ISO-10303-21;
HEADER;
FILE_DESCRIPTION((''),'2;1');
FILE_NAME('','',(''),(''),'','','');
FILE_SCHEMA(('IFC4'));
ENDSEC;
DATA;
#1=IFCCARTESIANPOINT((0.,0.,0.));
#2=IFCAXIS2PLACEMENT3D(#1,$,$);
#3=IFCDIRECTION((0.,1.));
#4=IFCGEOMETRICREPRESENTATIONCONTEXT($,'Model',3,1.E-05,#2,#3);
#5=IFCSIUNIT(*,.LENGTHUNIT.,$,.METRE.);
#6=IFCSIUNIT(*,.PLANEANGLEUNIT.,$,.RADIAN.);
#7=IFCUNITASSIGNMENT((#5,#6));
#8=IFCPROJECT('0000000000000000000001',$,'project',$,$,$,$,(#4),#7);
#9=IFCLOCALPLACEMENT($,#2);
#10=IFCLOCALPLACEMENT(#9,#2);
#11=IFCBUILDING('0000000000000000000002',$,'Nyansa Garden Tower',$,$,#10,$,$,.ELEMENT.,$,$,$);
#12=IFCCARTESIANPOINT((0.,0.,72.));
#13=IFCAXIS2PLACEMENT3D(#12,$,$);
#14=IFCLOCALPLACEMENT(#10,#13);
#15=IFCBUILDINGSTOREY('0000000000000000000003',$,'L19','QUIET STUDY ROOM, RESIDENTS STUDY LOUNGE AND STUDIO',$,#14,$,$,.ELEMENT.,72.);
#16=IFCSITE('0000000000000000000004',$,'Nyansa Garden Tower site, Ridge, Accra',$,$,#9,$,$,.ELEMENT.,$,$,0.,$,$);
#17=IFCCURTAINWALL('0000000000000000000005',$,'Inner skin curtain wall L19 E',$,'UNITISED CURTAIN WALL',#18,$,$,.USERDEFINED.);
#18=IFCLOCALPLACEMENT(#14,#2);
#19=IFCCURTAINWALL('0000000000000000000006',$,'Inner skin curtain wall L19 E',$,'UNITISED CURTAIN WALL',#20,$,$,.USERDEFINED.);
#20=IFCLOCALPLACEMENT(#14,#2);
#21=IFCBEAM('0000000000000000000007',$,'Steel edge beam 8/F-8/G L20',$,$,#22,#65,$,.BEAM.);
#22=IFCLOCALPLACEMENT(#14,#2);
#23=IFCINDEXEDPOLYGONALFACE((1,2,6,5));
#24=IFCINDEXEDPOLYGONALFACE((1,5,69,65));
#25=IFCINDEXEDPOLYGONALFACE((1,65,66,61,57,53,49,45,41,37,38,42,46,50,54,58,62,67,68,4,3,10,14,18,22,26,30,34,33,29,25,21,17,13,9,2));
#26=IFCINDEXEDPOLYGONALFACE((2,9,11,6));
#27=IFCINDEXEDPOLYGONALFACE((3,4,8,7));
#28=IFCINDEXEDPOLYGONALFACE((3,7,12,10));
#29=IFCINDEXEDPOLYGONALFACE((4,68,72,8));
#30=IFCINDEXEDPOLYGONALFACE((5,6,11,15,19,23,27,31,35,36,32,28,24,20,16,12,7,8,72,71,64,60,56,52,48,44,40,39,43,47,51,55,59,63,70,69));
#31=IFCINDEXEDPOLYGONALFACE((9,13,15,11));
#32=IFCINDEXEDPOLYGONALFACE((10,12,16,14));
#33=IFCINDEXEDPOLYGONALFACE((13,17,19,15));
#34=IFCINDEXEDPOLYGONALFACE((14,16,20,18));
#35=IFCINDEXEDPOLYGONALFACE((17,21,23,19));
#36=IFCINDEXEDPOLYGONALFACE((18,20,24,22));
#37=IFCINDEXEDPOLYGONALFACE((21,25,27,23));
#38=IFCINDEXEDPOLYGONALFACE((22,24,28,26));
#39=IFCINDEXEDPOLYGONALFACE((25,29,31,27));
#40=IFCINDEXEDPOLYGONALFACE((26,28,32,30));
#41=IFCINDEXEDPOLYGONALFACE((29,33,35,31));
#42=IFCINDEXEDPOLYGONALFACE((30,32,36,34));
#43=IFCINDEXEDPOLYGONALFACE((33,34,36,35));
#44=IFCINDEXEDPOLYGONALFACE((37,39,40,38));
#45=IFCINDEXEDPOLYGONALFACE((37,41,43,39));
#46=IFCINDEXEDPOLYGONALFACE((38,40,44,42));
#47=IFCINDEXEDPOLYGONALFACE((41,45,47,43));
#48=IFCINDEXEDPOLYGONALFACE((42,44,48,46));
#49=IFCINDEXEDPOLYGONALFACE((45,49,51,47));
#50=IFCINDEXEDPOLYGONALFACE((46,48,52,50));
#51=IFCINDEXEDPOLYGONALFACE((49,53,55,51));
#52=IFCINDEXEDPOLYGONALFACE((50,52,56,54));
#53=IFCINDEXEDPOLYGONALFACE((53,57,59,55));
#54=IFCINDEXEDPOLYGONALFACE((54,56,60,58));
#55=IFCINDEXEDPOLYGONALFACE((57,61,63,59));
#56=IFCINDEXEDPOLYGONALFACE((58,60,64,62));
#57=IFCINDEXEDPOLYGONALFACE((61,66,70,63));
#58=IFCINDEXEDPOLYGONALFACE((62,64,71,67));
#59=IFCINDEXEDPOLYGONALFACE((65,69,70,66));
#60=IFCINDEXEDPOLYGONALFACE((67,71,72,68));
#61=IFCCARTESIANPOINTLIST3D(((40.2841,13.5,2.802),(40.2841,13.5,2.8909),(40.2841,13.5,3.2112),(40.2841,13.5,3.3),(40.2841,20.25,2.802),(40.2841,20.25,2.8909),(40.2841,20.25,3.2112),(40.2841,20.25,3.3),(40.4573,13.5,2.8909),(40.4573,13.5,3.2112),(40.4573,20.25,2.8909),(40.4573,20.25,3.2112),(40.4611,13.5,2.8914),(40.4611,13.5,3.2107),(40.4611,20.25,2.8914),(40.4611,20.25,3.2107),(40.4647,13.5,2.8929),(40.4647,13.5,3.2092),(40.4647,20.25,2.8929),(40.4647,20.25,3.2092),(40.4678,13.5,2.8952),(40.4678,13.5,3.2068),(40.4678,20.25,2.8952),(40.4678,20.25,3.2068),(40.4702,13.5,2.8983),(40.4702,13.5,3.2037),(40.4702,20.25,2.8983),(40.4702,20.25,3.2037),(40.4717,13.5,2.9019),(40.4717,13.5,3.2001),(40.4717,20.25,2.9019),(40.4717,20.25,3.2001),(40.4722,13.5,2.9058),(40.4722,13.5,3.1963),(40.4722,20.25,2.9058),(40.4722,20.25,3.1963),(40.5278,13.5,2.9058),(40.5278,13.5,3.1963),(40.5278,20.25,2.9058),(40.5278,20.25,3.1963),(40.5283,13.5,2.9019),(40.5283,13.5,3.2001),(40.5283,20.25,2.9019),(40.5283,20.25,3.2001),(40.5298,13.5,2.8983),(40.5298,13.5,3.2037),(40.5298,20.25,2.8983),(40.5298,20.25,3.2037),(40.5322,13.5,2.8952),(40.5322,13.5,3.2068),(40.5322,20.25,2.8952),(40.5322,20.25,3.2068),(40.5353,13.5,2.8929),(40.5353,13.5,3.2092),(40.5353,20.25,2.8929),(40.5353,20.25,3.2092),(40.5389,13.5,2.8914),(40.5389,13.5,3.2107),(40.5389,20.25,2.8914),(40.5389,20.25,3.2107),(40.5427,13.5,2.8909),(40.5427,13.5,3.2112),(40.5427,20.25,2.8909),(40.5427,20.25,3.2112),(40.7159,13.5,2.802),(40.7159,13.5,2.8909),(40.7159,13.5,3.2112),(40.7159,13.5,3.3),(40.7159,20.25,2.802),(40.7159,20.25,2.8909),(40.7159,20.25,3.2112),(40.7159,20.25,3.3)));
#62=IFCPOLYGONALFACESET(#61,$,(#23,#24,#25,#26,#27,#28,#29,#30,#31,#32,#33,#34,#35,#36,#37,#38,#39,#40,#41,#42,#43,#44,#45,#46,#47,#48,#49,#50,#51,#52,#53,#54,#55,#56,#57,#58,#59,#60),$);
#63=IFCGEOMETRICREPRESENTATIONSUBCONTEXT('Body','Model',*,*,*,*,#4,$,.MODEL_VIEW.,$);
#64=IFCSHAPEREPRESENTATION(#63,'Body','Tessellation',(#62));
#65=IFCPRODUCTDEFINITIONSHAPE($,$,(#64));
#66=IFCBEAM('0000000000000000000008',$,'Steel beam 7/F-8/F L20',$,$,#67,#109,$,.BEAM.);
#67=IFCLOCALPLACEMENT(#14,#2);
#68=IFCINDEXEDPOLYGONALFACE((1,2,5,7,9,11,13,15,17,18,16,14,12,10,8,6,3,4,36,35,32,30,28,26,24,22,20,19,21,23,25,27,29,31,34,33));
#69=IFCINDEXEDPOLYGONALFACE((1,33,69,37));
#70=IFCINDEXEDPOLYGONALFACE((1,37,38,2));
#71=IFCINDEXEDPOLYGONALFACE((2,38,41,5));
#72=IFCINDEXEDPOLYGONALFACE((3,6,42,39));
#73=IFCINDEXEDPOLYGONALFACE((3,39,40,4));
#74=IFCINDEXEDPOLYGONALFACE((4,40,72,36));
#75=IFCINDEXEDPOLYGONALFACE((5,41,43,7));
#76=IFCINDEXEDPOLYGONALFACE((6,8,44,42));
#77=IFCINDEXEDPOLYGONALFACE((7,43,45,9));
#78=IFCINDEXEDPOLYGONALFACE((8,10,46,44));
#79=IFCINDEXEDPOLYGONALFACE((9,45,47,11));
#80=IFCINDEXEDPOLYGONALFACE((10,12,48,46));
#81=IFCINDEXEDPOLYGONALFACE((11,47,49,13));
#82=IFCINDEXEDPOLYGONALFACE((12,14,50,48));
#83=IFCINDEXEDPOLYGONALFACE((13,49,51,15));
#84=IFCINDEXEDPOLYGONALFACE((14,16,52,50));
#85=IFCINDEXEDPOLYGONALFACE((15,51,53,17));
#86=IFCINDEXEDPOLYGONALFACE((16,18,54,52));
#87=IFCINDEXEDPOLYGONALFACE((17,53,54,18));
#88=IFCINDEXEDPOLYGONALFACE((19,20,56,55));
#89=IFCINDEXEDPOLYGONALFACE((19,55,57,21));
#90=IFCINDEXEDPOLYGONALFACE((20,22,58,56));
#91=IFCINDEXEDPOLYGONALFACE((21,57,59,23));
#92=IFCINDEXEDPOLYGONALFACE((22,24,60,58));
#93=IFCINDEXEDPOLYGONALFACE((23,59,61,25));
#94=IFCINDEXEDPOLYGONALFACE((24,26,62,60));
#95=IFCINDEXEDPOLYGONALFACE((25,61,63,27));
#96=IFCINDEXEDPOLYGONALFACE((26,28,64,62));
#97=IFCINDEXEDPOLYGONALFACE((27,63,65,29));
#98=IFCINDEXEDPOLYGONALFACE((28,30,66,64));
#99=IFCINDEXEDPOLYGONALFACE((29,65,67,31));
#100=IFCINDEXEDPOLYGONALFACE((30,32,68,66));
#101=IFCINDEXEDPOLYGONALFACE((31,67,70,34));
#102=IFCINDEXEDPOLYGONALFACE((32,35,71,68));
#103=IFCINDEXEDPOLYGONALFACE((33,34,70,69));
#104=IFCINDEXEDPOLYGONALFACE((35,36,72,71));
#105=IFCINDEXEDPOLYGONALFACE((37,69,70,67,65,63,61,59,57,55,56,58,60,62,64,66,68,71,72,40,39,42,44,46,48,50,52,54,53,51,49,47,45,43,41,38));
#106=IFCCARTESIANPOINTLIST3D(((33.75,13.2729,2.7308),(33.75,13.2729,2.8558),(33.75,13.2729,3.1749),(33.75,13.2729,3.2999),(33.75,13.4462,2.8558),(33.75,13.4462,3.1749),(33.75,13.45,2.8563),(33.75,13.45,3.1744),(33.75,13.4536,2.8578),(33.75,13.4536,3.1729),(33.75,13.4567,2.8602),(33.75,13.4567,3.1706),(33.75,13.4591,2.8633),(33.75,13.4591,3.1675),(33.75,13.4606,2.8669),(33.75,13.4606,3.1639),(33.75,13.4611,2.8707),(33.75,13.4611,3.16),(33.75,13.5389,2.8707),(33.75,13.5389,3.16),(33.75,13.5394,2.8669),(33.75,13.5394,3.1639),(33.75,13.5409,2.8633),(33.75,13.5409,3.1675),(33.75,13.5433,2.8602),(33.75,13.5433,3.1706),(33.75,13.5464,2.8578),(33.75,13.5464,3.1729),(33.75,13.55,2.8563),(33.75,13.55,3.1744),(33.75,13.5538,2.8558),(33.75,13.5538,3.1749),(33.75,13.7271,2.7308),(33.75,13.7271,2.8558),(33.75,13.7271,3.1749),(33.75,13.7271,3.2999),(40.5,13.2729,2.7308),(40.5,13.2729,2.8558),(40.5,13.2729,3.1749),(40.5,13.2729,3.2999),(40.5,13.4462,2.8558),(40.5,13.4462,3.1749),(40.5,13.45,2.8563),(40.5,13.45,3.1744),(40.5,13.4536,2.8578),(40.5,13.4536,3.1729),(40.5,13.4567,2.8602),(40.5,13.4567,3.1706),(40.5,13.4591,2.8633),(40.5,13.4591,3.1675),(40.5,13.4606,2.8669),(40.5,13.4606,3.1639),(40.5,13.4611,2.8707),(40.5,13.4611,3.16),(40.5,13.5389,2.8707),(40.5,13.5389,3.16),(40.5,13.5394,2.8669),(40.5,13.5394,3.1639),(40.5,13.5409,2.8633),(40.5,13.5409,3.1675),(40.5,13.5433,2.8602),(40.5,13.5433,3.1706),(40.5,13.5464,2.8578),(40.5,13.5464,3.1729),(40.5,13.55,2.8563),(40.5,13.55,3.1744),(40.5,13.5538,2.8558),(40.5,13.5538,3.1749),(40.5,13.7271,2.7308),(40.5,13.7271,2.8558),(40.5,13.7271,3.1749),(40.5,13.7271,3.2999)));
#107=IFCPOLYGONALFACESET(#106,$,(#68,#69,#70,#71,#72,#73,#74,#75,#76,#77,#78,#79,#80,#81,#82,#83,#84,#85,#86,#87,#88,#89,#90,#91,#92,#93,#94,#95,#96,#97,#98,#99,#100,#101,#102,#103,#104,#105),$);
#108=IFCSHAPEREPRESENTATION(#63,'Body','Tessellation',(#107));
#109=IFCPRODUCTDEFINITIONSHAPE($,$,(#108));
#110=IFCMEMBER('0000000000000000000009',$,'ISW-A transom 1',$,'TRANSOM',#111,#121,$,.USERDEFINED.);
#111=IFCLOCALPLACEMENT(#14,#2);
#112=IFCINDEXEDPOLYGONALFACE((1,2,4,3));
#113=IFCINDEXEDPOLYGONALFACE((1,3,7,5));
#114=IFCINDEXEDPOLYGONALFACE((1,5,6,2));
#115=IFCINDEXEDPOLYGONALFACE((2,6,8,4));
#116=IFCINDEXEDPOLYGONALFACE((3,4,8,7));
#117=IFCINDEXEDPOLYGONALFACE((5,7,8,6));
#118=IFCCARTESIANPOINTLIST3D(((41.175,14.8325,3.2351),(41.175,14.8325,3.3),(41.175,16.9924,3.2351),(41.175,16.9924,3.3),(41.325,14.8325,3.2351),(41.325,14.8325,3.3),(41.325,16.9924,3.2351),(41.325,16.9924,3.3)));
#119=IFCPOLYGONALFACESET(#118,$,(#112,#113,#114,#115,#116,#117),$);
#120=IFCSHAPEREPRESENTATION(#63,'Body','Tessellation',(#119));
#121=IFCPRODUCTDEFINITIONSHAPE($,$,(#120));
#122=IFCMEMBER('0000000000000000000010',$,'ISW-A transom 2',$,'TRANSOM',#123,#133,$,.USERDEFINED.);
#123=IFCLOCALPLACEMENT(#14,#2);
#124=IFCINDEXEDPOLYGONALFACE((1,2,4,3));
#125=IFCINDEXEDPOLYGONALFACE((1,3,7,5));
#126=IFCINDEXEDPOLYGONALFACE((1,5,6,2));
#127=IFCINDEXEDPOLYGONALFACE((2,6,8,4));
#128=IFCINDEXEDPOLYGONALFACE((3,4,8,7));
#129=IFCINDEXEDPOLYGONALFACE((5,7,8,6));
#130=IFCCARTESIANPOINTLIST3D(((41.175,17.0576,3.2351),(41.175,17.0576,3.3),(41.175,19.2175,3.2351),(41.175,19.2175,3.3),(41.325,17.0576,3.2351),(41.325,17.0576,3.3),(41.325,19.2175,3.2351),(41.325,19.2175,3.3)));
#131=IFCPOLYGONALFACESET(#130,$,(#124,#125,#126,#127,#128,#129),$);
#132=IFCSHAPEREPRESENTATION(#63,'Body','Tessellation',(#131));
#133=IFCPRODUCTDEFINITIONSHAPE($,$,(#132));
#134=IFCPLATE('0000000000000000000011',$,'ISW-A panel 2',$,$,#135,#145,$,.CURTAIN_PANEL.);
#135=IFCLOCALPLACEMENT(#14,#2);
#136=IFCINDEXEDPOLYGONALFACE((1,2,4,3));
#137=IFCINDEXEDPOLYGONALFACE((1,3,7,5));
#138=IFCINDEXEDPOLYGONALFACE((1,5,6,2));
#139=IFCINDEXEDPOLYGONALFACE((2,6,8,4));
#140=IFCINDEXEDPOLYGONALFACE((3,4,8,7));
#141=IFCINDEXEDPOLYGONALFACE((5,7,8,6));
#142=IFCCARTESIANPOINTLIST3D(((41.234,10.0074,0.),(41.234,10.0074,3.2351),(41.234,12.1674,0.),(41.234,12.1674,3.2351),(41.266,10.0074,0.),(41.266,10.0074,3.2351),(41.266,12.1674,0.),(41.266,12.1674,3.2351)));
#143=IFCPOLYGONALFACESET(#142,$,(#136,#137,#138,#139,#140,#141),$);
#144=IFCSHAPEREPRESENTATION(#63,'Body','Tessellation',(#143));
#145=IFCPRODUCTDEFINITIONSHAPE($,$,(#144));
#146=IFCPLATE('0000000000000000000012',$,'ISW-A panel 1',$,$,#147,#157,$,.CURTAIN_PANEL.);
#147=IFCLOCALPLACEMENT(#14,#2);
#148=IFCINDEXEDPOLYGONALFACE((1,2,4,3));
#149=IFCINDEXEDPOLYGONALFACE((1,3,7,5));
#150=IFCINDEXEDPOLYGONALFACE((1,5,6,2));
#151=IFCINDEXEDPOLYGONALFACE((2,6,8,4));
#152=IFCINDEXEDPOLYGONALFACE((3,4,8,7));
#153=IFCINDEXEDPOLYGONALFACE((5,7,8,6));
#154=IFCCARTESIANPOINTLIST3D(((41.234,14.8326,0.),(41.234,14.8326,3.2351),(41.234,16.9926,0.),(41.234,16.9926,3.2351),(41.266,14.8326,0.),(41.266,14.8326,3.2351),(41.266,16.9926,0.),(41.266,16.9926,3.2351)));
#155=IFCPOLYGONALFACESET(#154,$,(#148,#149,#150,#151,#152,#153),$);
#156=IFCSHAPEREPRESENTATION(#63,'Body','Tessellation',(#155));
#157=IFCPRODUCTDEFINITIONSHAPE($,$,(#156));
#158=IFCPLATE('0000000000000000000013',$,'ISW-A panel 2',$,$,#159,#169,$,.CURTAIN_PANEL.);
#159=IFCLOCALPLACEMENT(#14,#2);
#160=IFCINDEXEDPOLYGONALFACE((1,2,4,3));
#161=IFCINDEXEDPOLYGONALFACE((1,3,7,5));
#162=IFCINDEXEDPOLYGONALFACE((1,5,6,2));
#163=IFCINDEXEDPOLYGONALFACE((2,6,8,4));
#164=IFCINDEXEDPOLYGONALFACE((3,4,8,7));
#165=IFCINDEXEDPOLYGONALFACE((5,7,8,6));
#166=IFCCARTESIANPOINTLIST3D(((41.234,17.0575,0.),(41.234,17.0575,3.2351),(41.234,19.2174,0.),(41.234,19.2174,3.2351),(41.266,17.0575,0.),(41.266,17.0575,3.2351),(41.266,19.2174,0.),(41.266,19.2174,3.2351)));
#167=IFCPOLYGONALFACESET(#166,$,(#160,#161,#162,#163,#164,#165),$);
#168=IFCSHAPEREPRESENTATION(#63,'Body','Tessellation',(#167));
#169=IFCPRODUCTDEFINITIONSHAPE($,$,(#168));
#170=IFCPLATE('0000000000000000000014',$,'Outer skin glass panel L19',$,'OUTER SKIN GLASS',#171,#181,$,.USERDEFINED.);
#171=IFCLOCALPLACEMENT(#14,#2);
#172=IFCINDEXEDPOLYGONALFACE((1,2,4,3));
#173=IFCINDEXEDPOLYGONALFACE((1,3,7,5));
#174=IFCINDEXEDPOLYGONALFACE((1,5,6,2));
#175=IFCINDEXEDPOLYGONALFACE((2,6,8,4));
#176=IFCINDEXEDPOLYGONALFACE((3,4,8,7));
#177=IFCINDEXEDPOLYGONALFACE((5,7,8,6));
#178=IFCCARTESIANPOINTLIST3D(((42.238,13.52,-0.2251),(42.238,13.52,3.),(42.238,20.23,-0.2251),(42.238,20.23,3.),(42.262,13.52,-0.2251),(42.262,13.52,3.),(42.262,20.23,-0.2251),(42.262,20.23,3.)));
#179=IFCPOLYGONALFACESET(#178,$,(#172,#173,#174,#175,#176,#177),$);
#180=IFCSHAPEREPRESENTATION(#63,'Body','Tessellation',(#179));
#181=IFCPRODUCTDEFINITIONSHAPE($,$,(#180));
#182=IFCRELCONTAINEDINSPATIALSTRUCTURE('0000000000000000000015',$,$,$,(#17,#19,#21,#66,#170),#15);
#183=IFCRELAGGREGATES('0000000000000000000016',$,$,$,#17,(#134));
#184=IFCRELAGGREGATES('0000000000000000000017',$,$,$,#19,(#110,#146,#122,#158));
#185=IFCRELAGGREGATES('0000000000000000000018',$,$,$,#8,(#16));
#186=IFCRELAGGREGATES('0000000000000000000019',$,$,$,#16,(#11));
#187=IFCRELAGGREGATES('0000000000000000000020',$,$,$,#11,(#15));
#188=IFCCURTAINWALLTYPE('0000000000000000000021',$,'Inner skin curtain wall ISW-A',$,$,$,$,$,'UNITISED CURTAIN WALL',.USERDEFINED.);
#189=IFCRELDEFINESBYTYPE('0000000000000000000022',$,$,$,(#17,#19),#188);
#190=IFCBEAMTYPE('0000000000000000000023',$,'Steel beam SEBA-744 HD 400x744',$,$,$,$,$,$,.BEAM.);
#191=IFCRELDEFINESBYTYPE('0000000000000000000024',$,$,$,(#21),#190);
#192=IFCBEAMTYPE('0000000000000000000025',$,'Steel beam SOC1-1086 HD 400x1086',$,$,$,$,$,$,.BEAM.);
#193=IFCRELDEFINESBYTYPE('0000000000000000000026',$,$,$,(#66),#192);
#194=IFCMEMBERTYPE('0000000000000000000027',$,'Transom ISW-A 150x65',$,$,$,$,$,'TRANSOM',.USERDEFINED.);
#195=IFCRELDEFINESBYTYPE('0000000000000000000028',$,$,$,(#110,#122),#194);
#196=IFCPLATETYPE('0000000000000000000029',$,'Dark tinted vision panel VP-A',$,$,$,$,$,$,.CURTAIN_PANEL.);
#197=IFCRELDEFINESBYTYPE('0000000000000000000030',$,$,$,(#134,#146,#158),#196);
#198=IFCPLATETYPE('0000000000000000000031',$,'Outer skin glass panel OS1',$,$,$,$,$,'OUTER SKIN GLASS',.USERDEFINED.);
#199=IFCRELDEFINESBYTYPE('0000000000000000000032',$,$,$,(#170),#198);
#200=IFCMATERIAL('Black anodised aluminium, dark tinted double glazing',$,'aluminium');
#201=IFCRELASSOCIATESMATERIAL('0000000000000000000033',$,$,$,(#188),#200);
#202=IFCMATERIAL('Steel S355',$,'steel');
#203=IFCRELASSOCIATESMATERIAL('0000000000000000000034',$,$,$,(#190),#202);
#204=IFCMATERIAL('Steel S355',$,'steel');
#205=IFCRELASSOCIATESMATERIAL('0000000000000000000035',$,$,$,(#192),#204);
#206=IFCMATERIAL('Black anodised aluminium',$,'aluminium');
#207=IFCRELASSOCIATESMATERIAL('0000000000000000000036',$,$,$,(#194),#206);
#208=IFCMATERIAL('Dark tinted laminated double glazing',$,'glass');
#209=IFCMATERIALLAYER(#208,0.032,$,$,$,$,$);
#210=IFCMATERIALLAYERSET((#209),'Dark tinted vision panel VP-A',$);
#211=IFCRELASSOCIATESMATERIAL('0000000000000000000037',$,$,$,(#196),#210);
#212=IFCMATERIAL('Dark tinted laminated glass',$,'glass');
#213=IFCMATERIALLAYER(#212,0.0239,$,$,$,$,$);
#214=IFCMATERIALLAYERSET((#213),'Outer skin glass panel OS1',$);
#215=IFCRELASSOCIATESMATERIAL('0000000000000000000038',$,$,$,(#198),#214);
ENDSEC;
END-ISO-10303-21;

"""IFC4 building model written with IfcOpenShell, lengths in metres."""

from ifc_helpers import new_model, si_unit, direction, frame, origin, origin_2d, place, context, subcontext, project, spatial, rectangle, i_section, extrude, material, layer, layer_set, material_profile, profile_set, type_object, element, aggregate, save


model = new_model("IFC4")

# Units and contexts
model_context = context("Model", 3, precision=1e-05, world=origin(), true_north=direction((0.0, 1.0)))
body_context = subcontext(model_context, "Body", "Model", "MODEL_VIEW")
ifc_project = project(units=[si_unit("LENGTHUNIT", "METRE"), si_unit("PLANEANGLEUNIT", "RADIAN")], contexts=[model_context])

# Site, building, storey
site_placement = place(None, origin())
site = spatial("IfcSite", under=ifc_project, at=site_placement, Name="Nyansa Garden Tower site, Ridge, Accra", CompositionType="ELEMENT", RefElevation=0.0)
building_placement = place(site_placement, origin())
building = spatial("IfcBuilding", under=site, at=building_placement, Name="Nyansa Garden Tower", CompositionType="ELEMENT")
storey_placement = place(building_placement, frame((0.0, 0.0, 72.0)))
storey = spatial("IfcBuildingStorey", under=building, at=storey_placement, Name="L19", Description="QUIET STUDY ROOM, RESIDENTS STUDY LOUNGE AND STUDIO", CompositionType="ELEMENT", Elevation=72.0)

# Curtain wall
ifc_material_1 = material(Name="Black anodised aluminium, dark tinted double glazing", Category="aluminium")
curtain_wall_type = type_object("IfcCurtainWallType", Name="Inner skin curtain wall ISW-A", ElementType="UNITISED CURTAIN WALL", PredefinedType="USERDEFINED", material=ifc_material_1)
curtain_wall_1_placement = place(storey_placement, origin())
curtain_wall_1 = element("IfcCurtainWall", 1, at=curtain_wall_1_placement, inside=storey, type_object=curtain_wall_type, Name="Inner skin curtain wall L19 E", ObjectType="UNITISED CURTAIN WALL", PredefinedType="USERDEFINED")

# Curtain wall
curtain_wall_2_placement = place(storey_placement, origin())
curtain_wall_2 = element("IfcCurtainWall", 2, at=curtain_wall_2_placement, inside=storey, type_object=curtain_wall_type, Name="Inner skin curtain wall L19 E", ObjectType="UNITISED CURTAIN WALL", PredefinedType="USERDEFINED")

# Beams
ifc_material_2 = material(Name="Steel S355", Category="steel")
ifc_material_profile_1 = material_profile(ifc_material_2, i_section(OverallWidth=0.4319, OverallDepth=0.498, WebThickness=0.0557, FlangeThickness=0.0889, FilletRadius=0.0149, at=origin_2d()), Name="HD 400x744")
ifc_profile_set_1 = profile_set([ifc_material_profile_1], Name="Steel S355")
beam_type_1 = type_object("IfcBeamType", Name="Steel beam SEBA-744 HD 400x744", PredefinedType="BEAM", material=ifc_profile_set_1)
beam_1_placement = place(storey_placement, frame((40.5, 13.5, 3.051), z_axis=(0.0, 1.0, 0.0), x_axis=(-1.0, 0.0, 0.0)))
element("IfcBeam", 3, at=beam_1_placement, inside=storey, type_object=beam_type_1, Name="Steel edge beam 8/F-8/G L20", PredefinedType="BEAM", context=body_context, shape_type="SweptSolid", body=[
    extrude(i_section(OverallWidth=0.4319, OverallDepth=0.498, WebThickness=0.0557, FlangeThickness=0.0889, FilletRadius=0.0149, at=origin_2d()), origin(), (0.0, 0.0, 1.0), 6.75),
])
ifc_material_3 = material(Name="Steel S355", Category="steel")
ifc_material_profile_2 = material_profile(ifc_material_3, i_section(OverallWidth=0.4541, OverallDepth=0.5691, WebThickness=0.0779, FlangeThickness=0.125, FilletRadius=0.0149, at=origin_2d()), Name="HD 400x1086")
ifc_profile_set_2 = profile_set([ifc_material_profile_2], Name="Steel S355")
beam_type_2 = type_object("IfcBeamType", Name="Steel beam SOC1-1086 HD 400x1086", PredefinedType="BEAM", material=ifc_profile_set_2)
beam_2_placement = place(storey_placement, frame((33.75, 13.5, 3.0154), z_axis=(1.0, 0.0, 0.0), x_axis=(0.0, 1.0, 0.0)))
element("IfcBeam", 4, at=beam_2_placement, inside=storey, type_object=beam_type_2, Name="Steel beam 7/F-8/F L20", PredefinedType="BEAM", context=body_context, shape_type="SweptSolid", body=[
    extrude(i_section(OverallWidth=0.4541, OverallDepth=0.5691, WebThickness=0.0779, FlangeThickness=0.125, FilletRadius=0.0149, at=origin_2d()), origin(), (0.0, 0.0, 1.0), 6.75),
])

# Members
ifc_material_4 = material(Name="Black anodised aluminium", Category="aluminium")
ifc_material_profile_3 = material_profile(ifc_material_4, rectangle(XDim=0.1499, YDim=0.0649, at=origin_2d()), Name="Transom 150x65")
ifc_profile_set_3 = profile_set([ifc_material_profile_3], Name="Black anodised aluminium")
member_type_1 = type_object("IfcMemberType", Name="Transom ISW-A 150x65", ElementType="TRANSOM", PredefinedType="USERDEFINED", material=ifc_profile_set_3)
member_1_placement = place(storey_placement, frame((41.25, 14.8325, 3.2676), z_axis=(0.0, 1.0, 0.0), x_axis=(-1.0, 0.0, 0.0)))
member_1 = element("IfcMember", 5, at=member_1_placement, type_object=member_type_1, Name="ISW-A transom 1", ObjectType="TRANSOM", PredefinedType="USERDEFINED", context=body_context, shape_type="SweptSolid", body=[
    extrude(rectangle(XDim=0.1499, YDim=0.0649, at=origin_2d()), origin(), (0.0, 0.0, 1.0), 2.1599),
])
member_2_placement = place(storey_placement, frame((41.25, 17.0576, 3.2676), z_axis=(0.0, 1.0, 0.0), x_axis=(-1.0, 0.0, 0.0)))
member_2 = element("IfcMember", 6, at=member_2_placement, type_object=member_type_1, Name="ISW-A transom 2", ObjectType="TRANSOM", PredefinedType="USERDEFINED", context=body_context, shape_type="SweptSolid", body=[
    extrude(rectangle(XDim=0.1499, YDim=0.0649, at=origin_2d()), origin(), (0.0, 0.0, 1.0), 2.1599),
])

# Plates
ifc_material_5 = material(Name="Dark tinted laminated double glazing", Category="glass")
ifc_layer_1 = layer(ifc_material_5, 0.032)
ifc_layer_set_1 = layer_set([ifc_layer_1], Name="Dark tinted vision panel VP-A")
plate_type_1 = type_object("IfcPlateType", Name="Dark tinted vision panel VP-A", PredefinedType="CURTAIN_PANEL", material=ifc_layer_set_1)
plate_1_placement = place(storey_placement, frame((41.25, 11.0874, 0.0), z_axis=(0.0, 0.0, 1.0), x_axis=(0.0, 1.0, 0.0)))
plate_1 = element("IfcPlate", 7, at=plate_1_placement, type_object=plate_type_1, Name="ISW-A panel 2", PredefinedType="CURTAIN_PANEL", context=body_context, shape_type="SweptSolid", body=[
    extrude(rectangle(XDim=2.1599, YDim=0.032, at=origin_2d()), origin(), (0.0, 0.0, 1.0), 3.2351),
])
aggregate(curtain_wall_1, [plate_1])
plate_2_placement = place(storey_placement, frame((41.25, 15.9126, 0.0), z_axis=(0.0, 0.0, 1.0), x_axis=(0.0, 1.0, 0.0)))
plate_2 = element("IfcPlate", 8, at=plate_2_placement, type_object=plate_type_1, Name="ISW-A panel 1", PredefinedType="CURTAIN_PANEL", context=body_context, shape_type="SweptSolid", body=[
    extrude(rectangle(XDim=2.1599, YDim=0.032, at=origin_2d()), origin(), (0.0, 0.0, 1.0), 3.2351),
])
plate_3_placement = place(storey_placement, frame((41.25, 18.1375, 0.0), z_axis=(0.0, 0.0, 1.0), x_axis=(0.0, 1.0, 0.0)))
plate_3 = element("IfcPlate", 9, at=plate_3_placement, type_object=plate_type_1, Name="ISW-A panel 2", PredefinedType="CURTAIN_PANEL", context=body_context, shape_type="SweptSolid", body=[
    extrude(rectangle(XDim=2.1599, YDim=0.032, at=origin_2d()), origin(), (0.0, 0.0, 1.0), 3.2351),
])
aggregate(curtain_wall_2, [member_1, plate_2, member_2, plate_3])
ifc_material_6 = material(Name="Dark tinted laminated glass", Category="glass")
ifc_layer_2 = layer(ifc_material_6, 0.0239)
ifc_layer_set_2 = layer_set([ifc_layer_2], Name="Outer skin glass panel OS1")
plate_type_2 = type_object("IfcPlateType", Name="Outer skin glass panel OS1", ElementType="OUTER SKIN GLASS", PredefinedType="USERDEFINED", material=ifc_layer_set_2)
plate_4_placement = place(storey_placement, frame((42.25, 16.875, -0.2251), z_axis=(0.0, 0.0, 1.0), x_axis=(0.0, 1.0, 0.0)))
element("IfcPlate", 10, at=plate_4_placement, inside=storey, type_object=plate_type_2, Name="Outer skin glass panel L19", ObjectType="OUTER SKIN GLASS", PredefinedType="USERDEFINED", context=body_context, shape_type="SweptSolid", body=[
    extrude(rectangle(XDim=6.71, YDim=0.0239, at=origin_2d()), origin(), (0.0, 0.0, 1.0), 3.2251),
])

save(model, "model.ifc")
